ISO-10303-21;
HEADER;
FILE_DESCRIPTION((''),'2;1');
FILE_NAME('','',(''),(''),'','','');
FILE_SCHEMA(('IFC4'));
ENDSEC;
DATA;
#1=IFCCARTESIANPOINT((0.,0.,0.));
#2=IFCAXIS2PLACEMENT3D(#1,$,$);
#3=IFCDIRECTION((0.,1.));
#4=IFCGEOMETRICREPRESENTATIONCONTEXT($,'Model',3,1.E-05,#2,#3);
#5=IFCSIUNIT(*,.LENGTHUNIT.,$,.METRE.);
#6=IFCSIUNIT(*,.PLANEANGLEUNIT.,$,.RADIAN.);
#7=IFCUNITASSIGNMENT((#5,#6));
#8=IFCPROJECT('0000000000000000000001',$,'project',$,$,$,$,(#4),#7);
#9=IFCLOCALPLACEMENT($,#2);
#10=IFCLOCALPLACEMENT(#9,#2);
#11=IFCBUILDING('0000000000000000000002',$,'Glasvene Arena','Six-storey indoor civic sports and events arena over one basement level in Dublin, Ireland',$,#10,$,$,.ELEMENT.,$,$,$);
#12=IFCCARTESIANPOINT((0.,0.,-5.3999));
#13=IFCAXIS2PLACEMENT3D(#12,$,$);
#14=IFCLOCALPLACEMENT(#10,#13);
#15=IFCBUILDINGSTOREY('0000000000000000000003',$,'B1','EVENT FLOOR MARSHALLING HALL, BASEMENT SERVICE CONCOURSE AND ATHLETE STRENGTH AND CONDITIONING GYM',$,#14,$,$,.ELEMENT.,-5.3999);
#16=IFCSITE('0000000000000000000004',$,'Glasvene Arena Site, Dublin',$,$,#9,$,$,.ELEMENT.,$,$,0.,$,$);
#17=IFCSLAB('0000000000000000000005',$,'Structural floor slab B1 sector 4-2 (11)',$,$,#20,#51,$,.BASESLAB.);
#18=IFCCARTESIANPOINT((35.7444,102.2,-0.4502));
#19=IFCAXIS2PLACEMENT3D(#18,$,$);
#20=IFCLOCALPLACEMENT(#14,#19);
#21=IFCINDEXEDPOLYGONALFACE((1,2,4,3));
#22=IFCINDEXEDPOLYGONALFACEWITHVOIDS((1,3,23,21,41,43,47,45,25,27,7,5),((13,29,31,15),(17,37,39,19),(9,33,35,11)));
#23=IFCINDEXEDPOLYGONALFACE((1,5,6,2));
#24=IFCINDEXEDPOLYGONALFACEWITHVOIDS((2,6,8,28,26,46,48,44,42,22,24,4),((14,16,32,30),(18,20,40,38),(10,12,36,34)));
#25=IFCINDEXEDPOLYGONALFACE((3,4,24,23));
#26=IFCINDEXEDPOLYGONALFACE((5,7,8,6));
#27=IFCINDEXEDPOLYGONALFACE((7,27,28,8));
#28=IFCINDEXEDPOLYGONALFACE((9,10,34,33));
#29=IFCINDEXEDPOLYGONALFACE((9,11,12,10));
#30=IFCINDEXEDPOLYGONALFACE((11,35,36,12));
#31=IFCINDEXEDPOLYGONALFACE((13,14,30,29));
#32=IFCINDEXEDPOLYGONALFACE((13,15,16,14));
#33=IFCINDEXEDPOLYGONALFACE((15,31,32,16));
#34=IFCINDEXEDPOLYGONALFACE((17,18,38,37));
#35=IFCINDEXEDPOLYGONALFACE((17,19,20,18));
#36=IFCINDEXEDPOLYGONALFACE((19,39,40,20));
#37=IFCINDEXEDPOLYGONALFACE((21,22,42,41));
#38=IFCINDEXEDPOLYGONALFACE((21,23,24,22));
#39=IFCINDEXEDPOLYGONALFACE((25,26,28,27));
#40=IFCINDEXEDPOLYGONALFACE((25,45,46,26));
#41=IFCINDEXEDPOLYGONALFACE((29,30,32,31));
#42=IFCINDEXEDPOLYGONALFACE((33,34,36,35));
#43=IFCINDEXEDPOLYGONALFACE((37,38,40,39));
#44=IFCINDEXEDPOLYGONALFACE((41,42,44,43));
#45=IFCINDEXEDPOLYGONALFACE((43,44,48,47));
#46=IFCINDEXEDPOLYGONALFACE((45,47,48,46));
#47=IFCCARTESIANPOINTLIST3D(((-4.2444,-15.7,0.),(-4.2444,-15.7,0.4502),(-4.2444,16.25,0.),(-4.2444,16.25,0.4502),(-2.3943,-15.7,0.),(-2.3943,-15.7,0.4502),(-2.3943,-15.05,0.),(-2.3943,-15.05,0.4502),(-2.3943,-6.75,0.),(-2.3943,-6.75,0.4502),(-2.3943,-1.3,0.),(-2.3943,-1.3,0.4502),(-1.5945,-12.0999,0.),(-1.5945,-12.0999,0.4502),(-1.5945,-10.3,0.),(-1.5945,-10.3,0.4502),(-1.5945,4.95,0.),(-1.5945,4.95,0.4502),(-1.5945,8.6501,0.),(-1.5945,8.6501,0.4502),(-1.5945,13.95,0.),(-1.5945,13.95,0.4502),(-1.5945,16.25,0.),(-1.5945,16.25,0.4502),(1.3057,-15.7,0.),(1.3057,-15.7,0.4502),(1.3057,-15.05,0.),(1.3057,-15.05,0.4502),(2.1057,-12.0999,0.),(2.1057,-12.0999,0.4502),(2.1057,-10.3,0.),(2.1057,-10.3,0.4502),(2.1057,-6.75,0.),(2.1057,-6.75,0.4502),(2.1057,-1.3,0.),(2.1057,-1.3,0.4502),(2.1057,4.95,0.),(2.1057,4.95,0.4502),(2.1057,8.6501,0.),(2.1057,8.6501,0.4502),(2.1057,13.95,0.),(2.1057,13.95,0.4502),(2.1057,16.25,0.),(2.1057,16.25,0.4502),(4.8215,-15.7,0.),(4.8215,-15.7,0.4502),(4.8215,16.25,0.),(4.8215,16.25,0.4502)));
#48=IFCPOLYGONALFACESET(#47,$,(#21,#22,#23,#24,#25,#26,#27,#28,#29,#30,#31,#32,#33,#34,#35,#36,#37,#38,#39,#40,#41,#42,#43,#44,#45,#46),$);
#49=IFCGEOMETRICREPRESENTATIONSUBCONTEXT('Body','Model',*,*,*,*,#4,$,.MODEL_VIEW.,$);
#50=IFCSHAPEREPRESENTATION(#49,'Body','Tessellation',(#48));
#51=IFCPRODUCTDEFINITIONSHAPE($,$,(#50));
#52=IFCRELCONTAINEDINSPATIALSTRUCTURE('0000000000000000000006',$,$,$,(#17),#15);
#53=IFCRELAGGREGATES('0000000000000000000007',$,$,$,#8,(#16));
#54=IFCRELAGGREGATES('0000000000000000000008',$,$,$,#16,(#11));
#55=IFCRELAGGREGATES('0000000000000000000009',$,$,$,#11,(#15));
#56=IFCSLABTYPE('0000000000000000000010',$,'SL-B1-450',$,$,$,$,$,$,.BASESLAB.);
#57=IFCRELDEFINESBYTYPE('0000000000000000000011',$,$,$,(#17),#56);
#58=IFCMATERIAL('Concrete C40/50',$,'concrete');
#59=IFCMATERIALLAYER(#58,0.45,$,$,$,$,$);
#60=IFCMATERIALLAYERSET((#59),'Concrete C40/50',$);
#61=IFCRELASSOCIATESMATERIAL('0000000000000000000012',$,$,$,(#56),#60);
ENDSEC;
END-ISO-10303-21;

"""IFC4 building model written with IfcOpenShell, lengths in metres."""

from ifc_helpers import new_model, si_unit, direction, frame, origin, place, context, subcontext, project, spatial, polyline, outline, extrude, material, layer, layer_set, type_object, element, save


model = new_model("IFC4")

# Units and contexts
model_context = context("Model", 3, precision=1e-05, world=origin(), true_north=direction((0.0, 1.0)))
body_context = subcontext(model_context, "Body", "Model", "MODEL_VIEW")
ifc_project = project(units=[si_unit("LENGTHUNIT", "METRE"), si_unit("PLANEANGLEUNIT", "RADIAN")], contexts=[model_context])

# Site, building, storey
site_placement = place(None, origin())
site = spatial("IfcSite", under=ifc_project, at=site_placement, Name="Glasvene Arena Site, Dublin", CompositionType="ELEMENT", RefElevation=0.0)
building_placement = place(site_placement, origin())
building = spatial("IfcBuilding", under=site, at=building_placement, Name="Glasvene Arena", Description="Six-storey indoor civic sports and events arena over one basement level in Dublin, Ireland", CompositionType="ELEMENT")
storey_placement = place(building_placement, frame((0.0, 0.0, -5.3999)))
storey = spatial("IfcBuildingStorey", under=building, at=storey_placement, Name="B1", Description="EVENT FLOOR MARSHALLING HALL, BASEMENT SERVICE CONCOURSE AND ATHLETE STRENGTH AND CONDITIONING GYM", CompositionType="ELEMENT", Elevation=-5.3999)

# Shared definitions
ifc_material_1 = material(Name="Concrete C40/50", Category="concrete")

# Slab
ifc_layer = layer(ifc_material_1, 0.45)
ifc_layer_set = layer_set([ifc_layer], Name="Concrete C40/50")
slab_type = type_object("IfcSlabType", Name="SL-B1-450", PredefinedType="BASESLAB", material=ifc_layer_set)
slab_placement = place(storey_placement, frame((35.7444, 102.2, -0.4502)))
element("IfcSlab", 1, at=slab_placement, inside=storey, type_object=slab_type, Name="Structural floor slab B1 sector 4-2 (11)", PredefinedType="BASESLAB", context=body_context, shape_type="SweptSolid", body=[
    extrude(outline(polyline([(-1.5945, 16.25), (-1.5945, 13.95), (2.1057, 13.95), (2.1057, 16.25), (4.8215, 16.25), (4.8215, -15.7), (1.3057, -15.7), (1.3057, -15.05), (-2.3943, -15.05), (-2.3943, -15.7), (-4.2444, -15.7), (-4.2444, 16.25), (-1.5945, 16.25)]), holes=[polyline([(-1.5945, -12.0999), (2.1057, -12.0999), (2.1057, -10.3), (-1.5945, -10.3), (-1.5945, -12.0999)]), polyline([(-2.3943, -6.75), (2.1057, -6.75), (2.1057, -1.3), (-2.3943, -1.3), (-2.3943, -6.75)]), polyline([(-1.5945, 4.95), (2.1057, 4.95), (2.1057, 8.6501), (-1.5945, 8.6501), (-1.5945, 4.95)])]), origin(), (0.0, 0.0, 1.0), 0.4502),
])

save(model, "model.ifc")
